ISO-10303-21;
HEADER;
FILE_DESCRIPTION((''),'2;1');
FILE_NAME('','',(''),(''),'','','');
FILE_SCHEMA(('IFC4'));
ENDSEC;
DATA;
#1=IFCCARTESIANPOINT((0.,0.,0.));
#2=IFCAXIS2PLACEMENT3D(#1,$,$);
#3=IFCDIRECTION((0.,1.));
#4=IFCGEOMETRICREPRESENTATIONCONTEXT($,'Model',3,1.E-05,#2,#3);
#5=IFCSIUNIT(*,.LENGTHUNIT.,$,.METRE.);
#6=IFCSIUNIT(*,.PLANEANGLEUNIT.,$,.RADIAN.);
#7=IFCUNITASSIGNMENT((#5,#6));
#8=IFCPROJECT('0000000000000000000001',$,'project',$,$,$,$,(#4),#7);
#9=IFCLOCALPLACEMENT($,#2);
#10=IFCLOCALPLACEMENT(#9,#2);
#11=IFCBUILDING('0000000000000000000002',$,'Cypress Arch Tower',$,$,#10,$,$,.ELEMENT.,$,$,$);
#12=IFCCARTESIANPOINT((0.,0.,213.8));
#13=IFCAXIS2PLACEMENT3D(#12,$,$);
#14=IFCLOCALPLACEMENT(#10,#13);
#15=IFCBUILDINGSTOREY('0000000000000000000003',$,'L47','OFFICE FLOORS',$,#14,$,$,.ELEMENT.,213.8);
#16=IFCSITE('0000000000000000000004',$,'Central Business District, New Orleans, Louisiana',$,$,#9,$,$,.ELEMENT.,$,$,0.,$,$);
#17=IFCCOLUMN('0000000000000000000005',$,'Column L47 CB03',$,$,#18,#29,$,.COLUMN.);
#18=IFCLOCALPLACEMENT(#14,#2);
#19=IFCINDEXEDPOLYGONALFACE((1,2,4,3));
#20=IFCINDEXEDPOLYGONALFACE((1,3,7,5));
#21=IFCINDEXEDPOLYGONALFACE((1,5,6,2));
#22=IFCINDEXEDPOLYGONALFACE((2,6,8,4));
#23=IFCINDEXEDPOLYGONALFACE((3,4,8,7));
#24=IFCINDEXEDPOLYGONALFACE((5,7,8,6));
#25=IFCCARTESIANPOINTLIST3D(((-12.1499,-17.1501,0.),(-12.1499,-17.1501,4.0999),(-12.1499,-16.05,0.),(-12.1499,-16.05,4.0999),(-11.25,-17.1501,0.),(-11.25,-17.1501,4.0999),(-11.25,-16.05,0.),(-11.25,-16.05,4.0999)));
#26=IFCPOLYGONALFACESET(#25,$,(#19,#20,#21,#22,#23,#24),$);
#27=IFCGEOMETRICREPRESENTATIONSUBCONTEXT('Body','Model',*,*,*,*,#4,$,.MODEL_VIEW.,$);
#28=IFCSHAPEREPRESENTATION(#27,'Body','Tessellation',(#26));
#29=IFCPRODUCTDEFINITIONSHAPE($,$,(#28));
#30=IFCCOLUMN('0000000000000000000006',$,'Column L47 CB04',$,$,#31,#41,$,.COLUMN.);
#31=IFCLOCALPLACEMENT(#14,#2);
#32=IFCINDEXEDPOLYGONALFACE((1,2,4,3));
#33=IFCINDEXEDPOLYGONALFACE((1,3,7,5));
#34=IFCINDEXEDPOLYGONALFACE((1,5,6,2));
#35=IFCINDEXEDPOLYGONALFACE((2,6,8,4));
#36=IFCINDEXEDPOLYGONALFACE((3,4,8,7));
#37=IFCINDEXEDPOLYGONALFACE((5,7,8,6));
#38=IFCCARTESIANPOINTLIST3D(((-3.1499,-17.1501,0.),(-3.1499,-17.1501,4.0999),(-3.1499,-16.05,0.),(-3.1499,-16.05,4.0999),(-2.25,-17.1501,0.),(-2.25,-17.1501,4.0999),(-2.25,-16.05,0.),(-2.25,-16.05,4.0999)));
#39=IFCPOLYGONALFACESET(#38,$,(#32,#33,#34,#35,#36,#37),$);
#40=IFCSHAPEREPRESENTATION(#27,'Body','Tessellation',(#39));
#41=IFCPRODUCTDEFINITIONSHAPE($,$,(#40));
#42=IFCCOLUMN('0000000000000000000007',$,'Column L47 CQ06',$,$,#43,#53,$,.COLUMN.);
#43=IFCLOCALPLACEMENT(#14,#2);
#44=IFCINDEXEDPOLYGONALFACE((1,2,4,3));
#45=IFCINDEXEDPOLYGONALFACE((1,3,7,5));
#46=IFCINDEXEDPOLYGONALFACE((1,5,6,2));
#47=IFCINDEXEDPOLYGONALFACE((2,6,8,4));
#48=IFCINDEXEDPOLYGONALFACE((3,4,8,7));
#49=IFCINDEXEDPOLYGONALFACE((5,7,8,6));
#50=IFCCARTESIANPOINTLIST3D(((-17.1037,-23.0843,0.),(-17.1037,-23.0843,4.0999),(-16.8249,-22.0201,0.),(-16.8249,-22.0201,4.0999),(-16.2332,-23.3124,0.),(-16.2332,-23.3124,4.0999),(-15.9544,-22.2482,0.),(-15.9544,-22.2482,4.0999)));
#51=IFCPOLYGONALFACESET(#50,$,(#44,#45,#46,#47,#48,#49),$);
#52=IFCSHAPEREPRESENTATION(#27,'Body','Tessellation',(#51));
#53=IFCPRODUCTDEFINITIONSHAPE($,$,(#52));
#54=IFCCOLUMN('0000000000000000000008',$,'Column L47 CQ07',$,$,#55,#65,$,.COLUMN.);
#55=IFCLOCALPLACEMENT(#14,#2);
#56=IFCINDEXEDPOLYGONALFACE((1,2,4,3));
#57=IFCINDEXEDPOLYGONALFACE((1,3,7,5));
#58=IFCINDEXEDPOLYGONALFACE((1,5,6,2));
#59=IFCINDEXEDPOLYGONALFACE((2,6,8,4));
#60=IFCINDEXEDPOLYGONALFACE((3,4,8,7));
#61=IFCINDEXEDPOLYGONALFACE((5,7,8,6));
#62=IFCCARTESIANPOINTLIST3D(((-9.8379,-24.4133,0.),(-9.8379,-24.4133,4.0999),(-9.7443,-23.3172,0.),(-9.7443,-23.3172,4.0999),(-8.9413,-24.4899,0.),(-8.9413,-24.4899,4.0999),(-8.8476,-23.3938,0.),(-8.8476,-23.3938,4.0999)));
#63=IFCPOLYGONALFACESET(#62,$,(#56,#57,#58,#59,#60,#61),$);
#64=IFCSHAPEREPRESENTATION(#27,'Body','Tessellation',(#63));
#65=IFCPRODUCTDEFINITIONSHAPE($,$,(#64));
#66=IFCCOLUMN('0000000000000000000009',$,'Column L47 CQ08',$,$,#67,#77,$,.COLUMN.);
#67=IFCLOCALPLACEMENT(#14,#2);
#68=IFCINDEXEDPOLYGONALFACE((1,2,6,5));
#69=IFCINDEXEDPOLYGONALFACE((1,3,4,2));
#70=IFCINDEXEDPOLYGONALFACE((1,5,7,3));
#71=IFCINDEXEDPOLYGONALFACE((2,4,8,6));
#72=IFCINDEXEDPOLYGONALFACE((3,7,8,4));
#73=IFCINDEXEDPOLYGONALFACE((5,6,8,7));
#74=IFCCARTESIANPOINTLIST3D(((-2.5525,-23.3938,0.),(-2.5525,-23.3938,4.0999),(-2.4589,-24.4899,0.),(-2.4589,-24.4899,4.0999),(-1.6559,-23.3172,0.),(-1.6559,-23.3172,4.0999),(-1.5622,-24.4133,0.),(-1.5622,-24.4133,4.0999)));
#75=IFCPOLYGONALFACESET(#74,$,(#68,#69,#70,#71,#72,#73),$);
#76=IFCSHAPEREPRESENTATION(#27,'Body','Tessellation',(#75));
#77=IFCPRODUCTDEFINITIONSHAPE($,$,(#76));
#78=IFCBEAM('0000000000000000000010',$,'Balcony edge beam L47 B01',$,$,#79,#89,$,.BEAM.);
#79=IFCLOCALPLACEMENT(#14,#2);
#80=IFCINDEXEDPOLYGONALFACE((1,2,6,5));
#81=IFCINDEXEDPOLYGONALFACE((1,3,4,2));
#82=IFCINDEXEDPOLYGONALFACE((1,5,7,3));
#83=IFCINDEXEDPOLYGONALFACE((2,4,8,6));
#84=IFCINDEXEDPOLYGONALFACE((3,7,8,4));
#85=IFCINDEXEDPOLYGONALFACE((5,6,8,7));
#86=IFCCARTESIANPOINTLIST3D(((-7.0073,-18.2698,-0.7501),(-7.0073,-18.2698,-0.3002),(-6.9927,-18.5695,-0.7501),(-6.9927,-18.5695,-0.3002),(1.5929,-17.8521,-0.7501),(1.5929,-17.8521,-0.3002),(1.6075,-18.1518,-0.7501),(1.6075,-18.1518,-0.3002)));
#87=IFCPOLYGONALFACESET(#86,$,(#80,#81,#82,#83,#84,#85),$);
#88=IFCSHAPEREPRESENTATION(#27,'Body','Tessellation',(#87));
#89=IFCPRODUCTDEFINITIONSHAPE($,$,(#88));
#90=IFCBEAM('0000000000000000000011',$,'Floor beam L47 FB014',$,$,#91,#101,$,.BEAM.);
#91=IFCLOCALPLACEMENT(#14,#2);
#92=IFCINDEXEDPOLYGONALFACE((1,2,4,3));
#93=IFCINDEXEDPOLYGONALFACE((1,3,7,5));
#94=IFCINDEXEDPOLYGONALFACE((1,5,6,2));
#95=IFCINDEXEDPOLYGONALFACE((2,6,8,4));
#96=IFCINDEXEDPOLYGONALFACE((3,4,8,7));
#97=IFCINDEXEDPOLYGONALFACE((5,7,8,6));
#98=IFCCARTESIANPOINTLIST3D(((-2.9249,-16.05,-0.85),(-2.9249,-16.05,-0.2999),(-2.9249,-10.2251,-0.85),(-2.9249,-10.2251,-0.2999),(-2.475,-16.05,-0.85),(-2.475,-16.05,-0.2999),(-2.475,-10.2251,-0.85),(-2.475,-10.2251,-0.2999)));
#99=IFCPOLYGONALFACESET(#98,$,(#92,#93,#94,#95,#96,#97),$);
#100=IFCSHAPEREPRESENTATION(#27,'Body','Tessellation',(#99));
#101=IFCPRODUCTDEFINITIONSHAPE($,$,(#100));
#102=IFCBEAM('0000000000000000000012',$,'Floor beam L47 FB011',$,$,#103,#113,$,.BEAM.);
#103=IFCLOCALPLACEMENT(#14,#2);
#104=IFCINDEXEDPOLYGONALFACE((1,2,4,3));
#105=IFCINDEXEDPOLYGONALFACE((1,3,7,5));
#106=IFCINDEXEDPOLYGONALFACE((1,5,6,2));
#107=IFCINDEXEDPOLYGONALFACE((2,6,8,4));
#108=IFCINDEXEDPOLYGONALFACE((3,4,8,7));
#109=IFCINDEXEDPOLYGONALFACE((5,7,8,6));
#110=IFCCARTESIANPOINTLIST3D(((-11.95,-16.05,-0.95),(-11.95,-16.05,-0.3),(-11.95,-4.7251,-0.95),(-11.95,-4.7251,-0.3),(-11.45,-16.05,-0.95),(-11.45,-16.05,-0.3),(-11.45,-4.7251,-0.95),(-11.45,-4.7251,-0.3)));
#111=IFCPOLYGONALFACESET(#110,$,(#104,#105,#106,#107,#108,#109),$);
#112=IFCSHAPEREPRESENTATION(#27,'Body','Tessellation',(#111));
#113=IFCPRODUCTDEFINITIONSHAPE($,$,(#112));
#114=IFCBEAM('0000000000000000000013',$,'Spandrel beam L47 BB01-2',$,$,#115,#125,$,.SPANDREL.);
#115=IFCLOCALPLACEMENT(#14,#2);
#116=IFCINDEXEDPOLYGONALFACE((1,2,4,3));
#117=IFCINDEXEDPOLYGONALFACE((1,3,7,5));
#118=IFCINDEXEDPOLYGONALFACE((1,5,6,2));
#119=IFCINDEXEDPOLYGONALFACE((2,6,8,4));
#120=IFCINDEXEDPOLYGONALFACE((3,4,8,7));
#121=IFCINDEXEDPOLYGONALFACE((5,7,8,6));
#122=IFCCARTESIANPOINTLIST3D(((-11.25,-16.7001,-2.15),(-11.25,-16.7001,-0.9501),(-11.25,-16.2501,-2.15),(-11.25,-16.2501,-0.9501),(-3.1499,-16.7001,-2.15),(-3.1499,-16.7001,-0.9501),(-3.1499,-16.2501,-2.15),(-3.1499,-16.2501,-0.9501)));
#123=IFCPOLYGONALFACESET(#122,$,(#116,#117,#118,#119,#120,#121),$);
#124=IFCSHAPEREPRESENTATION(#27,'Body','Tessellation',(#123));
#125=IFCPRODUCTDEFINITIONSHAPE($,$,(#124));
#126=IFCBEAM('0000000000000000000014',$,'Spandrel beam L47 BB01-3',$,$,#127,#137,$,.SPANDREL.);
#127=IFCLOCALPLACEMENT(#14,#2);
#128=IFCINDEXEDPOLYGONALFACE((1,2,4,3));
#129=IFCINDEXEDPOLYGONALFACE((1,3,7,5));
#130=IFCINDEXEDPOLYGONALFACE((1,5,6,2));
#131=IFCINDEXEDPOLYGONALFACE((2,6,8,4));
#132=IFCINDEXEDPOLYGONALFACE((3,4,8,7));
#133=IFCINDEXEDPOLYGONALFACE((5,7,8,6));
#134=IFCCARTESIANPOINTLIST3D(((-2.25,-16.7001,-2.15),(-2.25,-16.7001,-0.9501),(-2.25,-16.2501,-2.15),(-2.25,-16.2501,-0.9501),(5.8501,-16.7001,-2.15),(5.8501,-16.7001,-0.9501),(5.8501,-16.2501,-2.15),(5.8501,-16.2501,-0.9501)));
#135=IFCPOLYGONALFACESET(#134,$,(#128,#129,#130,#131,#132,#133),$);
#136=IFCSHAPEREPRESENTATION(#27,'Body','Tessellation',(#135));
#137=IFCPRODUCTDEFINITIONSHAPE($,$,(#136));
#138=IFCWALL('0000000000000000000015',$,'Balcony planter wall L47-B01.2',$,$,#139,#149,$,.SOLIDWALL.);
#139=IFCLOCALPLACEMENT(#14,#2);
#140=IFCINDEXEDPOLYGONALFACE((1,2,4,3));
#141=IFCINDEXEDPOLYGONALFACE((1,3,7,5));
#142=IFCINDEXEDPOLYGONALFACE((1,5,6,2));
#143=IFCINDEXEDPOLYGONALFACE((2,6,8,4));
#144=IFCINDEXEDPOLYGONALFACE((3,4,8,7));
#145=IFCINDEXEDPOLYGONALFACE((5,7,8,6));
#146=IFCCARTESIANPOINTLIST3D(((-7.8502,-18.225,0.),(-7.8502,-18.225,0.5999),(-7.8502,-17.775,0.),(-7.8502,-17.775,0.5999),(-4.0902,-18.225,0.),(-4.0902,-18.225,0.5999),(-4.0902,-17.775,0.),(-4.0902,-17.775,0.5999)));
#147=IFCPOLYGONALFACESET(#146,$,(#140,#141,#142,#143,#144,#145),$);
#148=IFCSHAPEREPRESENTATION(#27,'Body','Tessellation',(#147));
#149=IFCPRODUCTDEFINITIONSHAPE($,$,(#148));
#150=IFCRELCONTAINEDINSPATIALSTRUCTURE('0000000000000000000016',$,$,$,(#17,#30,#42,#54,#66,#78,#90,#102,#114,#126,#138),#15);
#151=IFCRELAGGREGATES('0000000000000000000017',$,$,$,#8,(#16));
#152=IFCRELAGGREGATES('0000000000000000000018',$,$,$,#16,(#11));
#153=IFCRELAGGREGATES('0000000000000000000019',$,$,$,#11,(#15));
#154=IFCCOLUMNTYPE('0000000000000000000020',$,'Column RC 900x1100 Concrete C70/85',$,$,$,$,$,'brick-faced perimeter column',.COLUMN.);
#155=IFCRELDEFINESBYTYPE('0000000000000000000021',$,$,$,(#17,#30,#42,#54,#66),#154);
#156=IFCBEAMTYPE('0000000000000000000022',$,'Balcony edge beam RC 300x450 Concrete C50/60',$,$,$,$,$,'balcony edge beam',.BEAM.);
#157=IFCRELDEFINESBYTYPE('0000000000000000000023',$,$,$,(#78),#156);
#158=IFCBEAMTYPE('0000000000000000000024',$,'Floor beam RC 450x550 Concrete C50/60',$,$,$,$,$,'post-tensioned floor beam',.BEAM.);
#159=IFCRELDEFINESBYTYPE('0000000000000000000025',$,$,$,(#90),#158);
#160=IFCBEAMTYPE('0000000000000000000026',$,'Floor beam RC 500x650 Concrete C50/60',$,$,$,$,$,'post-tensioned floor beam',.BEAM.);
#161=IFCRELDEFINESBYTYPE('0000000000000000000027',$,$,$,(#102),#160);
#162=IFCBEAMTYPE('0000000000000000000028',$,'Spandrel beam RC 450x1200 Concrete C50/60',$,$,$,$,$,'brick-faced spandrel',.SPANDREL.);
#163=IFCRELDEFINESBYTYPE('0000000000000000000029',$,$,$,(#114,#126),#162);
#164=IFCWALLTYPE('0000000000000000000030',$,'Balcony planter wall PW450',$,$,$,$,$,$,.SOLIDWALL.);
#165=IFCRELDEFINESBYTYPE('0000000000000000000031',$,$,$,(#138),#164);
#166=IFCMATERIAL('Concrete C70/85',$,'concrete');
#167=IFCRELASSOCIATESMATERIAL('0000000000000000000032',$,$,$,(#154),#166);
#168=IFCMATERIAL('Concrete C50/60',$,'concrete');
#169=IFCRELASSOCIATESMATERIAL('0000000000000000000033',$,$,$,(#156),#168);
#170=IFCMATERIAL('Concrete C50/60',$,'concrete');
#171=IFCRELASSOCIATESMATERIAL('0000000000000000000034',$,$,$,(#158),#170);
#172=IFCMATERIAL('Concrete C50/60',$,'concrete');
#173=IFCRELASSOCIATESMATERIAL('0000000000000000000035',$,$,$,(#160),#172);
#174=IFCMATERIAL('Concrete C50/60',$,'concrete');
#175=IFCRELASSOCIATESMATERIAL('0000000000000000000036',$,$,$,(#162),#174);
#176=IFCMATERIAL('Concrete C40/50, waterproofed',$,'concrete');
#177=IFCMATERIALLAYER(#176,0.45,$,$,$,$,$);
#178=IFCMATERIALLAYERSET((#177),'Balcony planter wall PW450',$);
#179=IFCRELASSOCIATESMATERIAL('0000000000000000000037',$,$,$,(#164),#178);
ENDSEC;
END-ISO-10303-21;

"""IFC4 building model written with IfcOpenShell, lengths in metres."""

from ifc_helpers import new_model, si_unit, direction, frame, frame_2d, origin, origin_2d, place, context, subcontext, project, spatial, rectangle, extrude, material, layer, layer_set, material_profile, profile_set, type_object, element, save


model = new_model("IFC4")

# Units and contexts
model_context = context("Model", 3, precision=1e-05, world=origin(), true_north=direction((0.0, 1.0)))
body_context = subcontext(model_context, "Body", "Model", "MODEL_VIEW")
ifc_project = project(units=[si_unit("LENGTHUNIT", "METRE"), si_unit("PLANEANGLEUNIT", "RADIAN")], contexts=[model_context])

# Site, building, storey
site_placement = place(None, origin())
site = spatial("IfcSite", under=ifc_project, at=site_placement, Name="Central Business District, New Orleans, Louisiana", CompositionType="ELEMENT", RefElevation=0.0)
building_placement = place(site_placement, origin())
building = spatial("IfcBuilding", under=site, at=building_placement, Name="Cypress Arch Tower", CompositionType="ELEMENT")
storey_placement = place(building_placement, frame((0.0, 0.0, 213.8)))
storey = spatial("IfcBuildingStorey", under=building, at=storey_placement, Name="L47", Description="OFFICE FLOORS", CompositionType="ELEMENT", Elevation=213.8)

# Columns
ifc_material_1 = material(Name="Concrete C70/85", Category="concrete")
ifc_material_profile_1 = material_profile(ifc_material_1, rectangle(XDim=0.8999, YDim=1.1001, at=origin_2d()), Name="RC 900x1100")
ifc_profile_set_1 = profile_set([ifc_material_profile_1], Name="Concrete C70/85")
column_type = type_object("IfcColumnType", Name="Column RC 900x1100 Concrete C70/85", ElementType="brick-faced perimeter column", PredefinedType="COLUMN", material=ifc_profile_set_1)
for number, where, z_axis, x_axis, name in (
    (1, (-11.7, -16.6001, 0.0), (0.0, 0.0, 1.0), (1.0, 0.0, 0.0), "Column L47 CB03"),
    (2, (-2.7, -16.6001, 0.0), (0.0, 0.0, 1.0), (1.0, 0.0, 0.0), "Column L47 CB04"),
    (3, (-16.5291, -22.6663, 0.0), (0.0, 0.0, 1.0), (0.967356, -0.253422, 0.0), "Column L47 CQ06"),
    (4, (-9.3428, -23.9036, 0.0), (0.0, 0.0, 1.0), (0.996368, -0.085149, 0.0), "Column L47 CQ07"),
    (5, (-2.0574, -23.9036, 0.0), (0.0, 0.0, 1.0), (0.996368, 0.085149, 0.0), "Column L47 CQ08"),
):
    element("IfcColumn", number, at=place(storey_placement, frame(where, z_axis=z_axis, x_axis=x_axis)), inside=storey, type_object=column_type, Name=name, PredefinedType="COLUMN", context=body_context, shape_type="SweptSolid", body=[
        extrude(rectangle(XDim=0.8999, YDim=1.1001, at=origin_2d()), origin(), (0.0, 0.0, 1.0), 4.0999),
    ])

# Beams
ifc_material_2 = material(Name="Concrete C50/60", Category="concrete")
ifc_material_profile_2 = material_profile(ifc_material_2, rectangle(XDim=0.3, YDim=0.45, at=origin_2d()), Name="RC 300x450")
ifc_profile_set_2 = profile_set([ifc_material_profile_2], Name="Concrete C50/60")
beam_type_1 = type_object("IfcBeamType", Name="Balcony edge beam RC 300x450 Concrete C50/60", ElementType="balcony edge beam", PredefinedType="BEAM", material=ifc_profile_set_2)
beam_1_placement = place(storey_placement, frame((-7.0, -18.4197, -0.5251), z_axis=(0.998822, 0.048515, 0.0), x_axis=(-0.048515, 0.998822, 0.0)))
element("IfcBeam", 6, at=beam_1_placement, inside=storey, type_object=beam_type_1, Name="Balcony edge beam L47 B01", PredefinedType="BEAM", context=body_context, shape_type="SweptSolid", body=[
    extrude(rectangle(XDim=0.3, YDim=0.45, at=origin_2d()), origin(), (0.0, 0.0, 1.0), 8.6104),
])
ifc_material_3 = material(Name="Concrete C50/60", Category="concrete")
ifc_material_profile_3 = material_profile(ifc_material_3, rectangle(XDim=0.45, YDim=0.55, at=origin_2d()), Name="RC 450x550")
ifc_profile_set_3 = profile_set([ifc_material_profile_3], Name="Concrete C50/60")
beam_type_2 = type_object("IfcBeamType", Name="Floor beam RC 450x550 Concrete C50/60", ElementType="post-tensioned floor beam", PredefinedType="BEAM", material=ifc_profile_set_3)
beam_2_placement = place(storey_placement, frame((-2.7, -16.05, -0.575), z_axis=(0.0, 1.0, 0.0), x_axis=(-1.0, 0.0, 0.0)))
element("IfcBeam", 7, at=beam_2_placement, inside=storey, type_object=beam_type_2, Name="Floor beam L47 FB014", PredefinedType="BEAM", context=body_context, shape_type="SweptSolid", body=[
    extrude(rectangle(XDim=0.45, YDim=0.55, at=origin_2d()), origin(), (0.0, 0.0, 1.0), 5.825),
])
ifc_material_4 = material(Name="Concrete C50/60", Category="concrete")
ifc_material_profile_4 = material_profile(ifc_material_4, rectangle(XDim=0.5, YDim=0.6499, at=origin_2d()), Name="RC 500x650")
ifc_profile_set_4 = profile_set([ifc_material_profile_4], Name="Concrete C50/60")
beam_type_3 = type_object("IfcBeamType", Name="Floor beam RC 500x650 Concrete C50/60", ElementType="post-tensioned floor beam", PredefinedType="BEAM", material=ifc_profile_set_4)
beam_3_placement = place(storey_placement, frame((-11.7, -16.05, -0.625), z_axis=(0.0, 1.0, 0.0), x_axis=(-1.0, 0.0, 0.0)))
element("IfcBeam", 8, at=beam_3_placement, inside=storey, type_object=beam_type_3, Name="Floor beam L47 FB011", PredefinedType="BEAM", context=body_context, shape_type="SweptSolid", body=[
    extrude(rectangle(XDim=0.5, YDim=0.6499, at=origin_2d()), origin(), (0.0, 0.0, 1.0), 11.325),
])
ifc_material_5 = material(Name="Concrete C50/60", Category="concrete")
ifc_material_profile_5 = material_profile(ifc_material_5, rectangle(XDim=0.45, YDim=1.2, at=origin_2d()), Name="RC 450x1200")
ifc_profile_set_5 = profile_set([ifc_material_profile_5], Name="Concrete C50/60")
beam_type_4 = type_object("IfcBeamType", Name="Spandrel beam RC 450x1200 Concrete C50/60", ElementType="brick-faced spandrel", PredefinedType="SPANDREL", material=ifc_profile_set_5)
for number, where, z_axis, x_axis, name in (
    (9, (-11.25, -16.4751, -1.55), (1.0, 0.0, 0.0), (0.0, 1.0, 0.0), "Spandrel beam L47 BB01-2"),
    (10, (-2.25, -16.4751, -1.55), (1.0, 0.0, 0.0), (0.0, 1.0, 0.0), "Spandrel beam L47 BB01-3"),
):
    element("IfcBeam", number, at=place(storey_placement, frame(where, z_axis=z_axis, x_axis=x_axis)), inside=storey, type_object=beam_type_4, Name=name, PredefinedType="SPANDREL", context=body_context, shape_type="SweptSolid", body=[
        extrude(rectangle(XDim=0.45, YDim=1.2, at=origin_2d()), origin(), (0.0, 0.0, 1.0), 8.1001),
    ])

# Wall
ifc_material_6 = material(Name="Concrete C40/50, waterproofed", Category="concrete")
ifc_layer_1 = layer(ifc_material_6, 0.45)
ifc_layer_set_1 = layer_set([ifc_layer_1], Name="Balcony planter wall PW450")
wall_type_1 = type_object("IfcWallType", Name="Balcony planter wall PW450", PredefinedType="SOLIDWALL", material=ifc_layer_set_1)
wall_1_placement = place(storey_placement, frame((-7.8501, -18.0, 0.0), z_axis=(0.0, 0.0, 1.0), x_axis=(1.0, 0.0, 0.0)))
element("IfcWall", 11, at=wall_1_placement, inside=storey, type_object=wall_type_1, Name="Balcony planter wall L47-B01.2", PredefinedType="SOLIDWALL", context=body_context, shape_type="SweptSolid", body=[
    extrude(rectangle(XDim=3.76, YDim=0.45, at=frame_2d((1.8799, 0.0))), origin(), (0.0, 0.0, 1.0), 0.5999),
])

save(model, "model.ifc")
